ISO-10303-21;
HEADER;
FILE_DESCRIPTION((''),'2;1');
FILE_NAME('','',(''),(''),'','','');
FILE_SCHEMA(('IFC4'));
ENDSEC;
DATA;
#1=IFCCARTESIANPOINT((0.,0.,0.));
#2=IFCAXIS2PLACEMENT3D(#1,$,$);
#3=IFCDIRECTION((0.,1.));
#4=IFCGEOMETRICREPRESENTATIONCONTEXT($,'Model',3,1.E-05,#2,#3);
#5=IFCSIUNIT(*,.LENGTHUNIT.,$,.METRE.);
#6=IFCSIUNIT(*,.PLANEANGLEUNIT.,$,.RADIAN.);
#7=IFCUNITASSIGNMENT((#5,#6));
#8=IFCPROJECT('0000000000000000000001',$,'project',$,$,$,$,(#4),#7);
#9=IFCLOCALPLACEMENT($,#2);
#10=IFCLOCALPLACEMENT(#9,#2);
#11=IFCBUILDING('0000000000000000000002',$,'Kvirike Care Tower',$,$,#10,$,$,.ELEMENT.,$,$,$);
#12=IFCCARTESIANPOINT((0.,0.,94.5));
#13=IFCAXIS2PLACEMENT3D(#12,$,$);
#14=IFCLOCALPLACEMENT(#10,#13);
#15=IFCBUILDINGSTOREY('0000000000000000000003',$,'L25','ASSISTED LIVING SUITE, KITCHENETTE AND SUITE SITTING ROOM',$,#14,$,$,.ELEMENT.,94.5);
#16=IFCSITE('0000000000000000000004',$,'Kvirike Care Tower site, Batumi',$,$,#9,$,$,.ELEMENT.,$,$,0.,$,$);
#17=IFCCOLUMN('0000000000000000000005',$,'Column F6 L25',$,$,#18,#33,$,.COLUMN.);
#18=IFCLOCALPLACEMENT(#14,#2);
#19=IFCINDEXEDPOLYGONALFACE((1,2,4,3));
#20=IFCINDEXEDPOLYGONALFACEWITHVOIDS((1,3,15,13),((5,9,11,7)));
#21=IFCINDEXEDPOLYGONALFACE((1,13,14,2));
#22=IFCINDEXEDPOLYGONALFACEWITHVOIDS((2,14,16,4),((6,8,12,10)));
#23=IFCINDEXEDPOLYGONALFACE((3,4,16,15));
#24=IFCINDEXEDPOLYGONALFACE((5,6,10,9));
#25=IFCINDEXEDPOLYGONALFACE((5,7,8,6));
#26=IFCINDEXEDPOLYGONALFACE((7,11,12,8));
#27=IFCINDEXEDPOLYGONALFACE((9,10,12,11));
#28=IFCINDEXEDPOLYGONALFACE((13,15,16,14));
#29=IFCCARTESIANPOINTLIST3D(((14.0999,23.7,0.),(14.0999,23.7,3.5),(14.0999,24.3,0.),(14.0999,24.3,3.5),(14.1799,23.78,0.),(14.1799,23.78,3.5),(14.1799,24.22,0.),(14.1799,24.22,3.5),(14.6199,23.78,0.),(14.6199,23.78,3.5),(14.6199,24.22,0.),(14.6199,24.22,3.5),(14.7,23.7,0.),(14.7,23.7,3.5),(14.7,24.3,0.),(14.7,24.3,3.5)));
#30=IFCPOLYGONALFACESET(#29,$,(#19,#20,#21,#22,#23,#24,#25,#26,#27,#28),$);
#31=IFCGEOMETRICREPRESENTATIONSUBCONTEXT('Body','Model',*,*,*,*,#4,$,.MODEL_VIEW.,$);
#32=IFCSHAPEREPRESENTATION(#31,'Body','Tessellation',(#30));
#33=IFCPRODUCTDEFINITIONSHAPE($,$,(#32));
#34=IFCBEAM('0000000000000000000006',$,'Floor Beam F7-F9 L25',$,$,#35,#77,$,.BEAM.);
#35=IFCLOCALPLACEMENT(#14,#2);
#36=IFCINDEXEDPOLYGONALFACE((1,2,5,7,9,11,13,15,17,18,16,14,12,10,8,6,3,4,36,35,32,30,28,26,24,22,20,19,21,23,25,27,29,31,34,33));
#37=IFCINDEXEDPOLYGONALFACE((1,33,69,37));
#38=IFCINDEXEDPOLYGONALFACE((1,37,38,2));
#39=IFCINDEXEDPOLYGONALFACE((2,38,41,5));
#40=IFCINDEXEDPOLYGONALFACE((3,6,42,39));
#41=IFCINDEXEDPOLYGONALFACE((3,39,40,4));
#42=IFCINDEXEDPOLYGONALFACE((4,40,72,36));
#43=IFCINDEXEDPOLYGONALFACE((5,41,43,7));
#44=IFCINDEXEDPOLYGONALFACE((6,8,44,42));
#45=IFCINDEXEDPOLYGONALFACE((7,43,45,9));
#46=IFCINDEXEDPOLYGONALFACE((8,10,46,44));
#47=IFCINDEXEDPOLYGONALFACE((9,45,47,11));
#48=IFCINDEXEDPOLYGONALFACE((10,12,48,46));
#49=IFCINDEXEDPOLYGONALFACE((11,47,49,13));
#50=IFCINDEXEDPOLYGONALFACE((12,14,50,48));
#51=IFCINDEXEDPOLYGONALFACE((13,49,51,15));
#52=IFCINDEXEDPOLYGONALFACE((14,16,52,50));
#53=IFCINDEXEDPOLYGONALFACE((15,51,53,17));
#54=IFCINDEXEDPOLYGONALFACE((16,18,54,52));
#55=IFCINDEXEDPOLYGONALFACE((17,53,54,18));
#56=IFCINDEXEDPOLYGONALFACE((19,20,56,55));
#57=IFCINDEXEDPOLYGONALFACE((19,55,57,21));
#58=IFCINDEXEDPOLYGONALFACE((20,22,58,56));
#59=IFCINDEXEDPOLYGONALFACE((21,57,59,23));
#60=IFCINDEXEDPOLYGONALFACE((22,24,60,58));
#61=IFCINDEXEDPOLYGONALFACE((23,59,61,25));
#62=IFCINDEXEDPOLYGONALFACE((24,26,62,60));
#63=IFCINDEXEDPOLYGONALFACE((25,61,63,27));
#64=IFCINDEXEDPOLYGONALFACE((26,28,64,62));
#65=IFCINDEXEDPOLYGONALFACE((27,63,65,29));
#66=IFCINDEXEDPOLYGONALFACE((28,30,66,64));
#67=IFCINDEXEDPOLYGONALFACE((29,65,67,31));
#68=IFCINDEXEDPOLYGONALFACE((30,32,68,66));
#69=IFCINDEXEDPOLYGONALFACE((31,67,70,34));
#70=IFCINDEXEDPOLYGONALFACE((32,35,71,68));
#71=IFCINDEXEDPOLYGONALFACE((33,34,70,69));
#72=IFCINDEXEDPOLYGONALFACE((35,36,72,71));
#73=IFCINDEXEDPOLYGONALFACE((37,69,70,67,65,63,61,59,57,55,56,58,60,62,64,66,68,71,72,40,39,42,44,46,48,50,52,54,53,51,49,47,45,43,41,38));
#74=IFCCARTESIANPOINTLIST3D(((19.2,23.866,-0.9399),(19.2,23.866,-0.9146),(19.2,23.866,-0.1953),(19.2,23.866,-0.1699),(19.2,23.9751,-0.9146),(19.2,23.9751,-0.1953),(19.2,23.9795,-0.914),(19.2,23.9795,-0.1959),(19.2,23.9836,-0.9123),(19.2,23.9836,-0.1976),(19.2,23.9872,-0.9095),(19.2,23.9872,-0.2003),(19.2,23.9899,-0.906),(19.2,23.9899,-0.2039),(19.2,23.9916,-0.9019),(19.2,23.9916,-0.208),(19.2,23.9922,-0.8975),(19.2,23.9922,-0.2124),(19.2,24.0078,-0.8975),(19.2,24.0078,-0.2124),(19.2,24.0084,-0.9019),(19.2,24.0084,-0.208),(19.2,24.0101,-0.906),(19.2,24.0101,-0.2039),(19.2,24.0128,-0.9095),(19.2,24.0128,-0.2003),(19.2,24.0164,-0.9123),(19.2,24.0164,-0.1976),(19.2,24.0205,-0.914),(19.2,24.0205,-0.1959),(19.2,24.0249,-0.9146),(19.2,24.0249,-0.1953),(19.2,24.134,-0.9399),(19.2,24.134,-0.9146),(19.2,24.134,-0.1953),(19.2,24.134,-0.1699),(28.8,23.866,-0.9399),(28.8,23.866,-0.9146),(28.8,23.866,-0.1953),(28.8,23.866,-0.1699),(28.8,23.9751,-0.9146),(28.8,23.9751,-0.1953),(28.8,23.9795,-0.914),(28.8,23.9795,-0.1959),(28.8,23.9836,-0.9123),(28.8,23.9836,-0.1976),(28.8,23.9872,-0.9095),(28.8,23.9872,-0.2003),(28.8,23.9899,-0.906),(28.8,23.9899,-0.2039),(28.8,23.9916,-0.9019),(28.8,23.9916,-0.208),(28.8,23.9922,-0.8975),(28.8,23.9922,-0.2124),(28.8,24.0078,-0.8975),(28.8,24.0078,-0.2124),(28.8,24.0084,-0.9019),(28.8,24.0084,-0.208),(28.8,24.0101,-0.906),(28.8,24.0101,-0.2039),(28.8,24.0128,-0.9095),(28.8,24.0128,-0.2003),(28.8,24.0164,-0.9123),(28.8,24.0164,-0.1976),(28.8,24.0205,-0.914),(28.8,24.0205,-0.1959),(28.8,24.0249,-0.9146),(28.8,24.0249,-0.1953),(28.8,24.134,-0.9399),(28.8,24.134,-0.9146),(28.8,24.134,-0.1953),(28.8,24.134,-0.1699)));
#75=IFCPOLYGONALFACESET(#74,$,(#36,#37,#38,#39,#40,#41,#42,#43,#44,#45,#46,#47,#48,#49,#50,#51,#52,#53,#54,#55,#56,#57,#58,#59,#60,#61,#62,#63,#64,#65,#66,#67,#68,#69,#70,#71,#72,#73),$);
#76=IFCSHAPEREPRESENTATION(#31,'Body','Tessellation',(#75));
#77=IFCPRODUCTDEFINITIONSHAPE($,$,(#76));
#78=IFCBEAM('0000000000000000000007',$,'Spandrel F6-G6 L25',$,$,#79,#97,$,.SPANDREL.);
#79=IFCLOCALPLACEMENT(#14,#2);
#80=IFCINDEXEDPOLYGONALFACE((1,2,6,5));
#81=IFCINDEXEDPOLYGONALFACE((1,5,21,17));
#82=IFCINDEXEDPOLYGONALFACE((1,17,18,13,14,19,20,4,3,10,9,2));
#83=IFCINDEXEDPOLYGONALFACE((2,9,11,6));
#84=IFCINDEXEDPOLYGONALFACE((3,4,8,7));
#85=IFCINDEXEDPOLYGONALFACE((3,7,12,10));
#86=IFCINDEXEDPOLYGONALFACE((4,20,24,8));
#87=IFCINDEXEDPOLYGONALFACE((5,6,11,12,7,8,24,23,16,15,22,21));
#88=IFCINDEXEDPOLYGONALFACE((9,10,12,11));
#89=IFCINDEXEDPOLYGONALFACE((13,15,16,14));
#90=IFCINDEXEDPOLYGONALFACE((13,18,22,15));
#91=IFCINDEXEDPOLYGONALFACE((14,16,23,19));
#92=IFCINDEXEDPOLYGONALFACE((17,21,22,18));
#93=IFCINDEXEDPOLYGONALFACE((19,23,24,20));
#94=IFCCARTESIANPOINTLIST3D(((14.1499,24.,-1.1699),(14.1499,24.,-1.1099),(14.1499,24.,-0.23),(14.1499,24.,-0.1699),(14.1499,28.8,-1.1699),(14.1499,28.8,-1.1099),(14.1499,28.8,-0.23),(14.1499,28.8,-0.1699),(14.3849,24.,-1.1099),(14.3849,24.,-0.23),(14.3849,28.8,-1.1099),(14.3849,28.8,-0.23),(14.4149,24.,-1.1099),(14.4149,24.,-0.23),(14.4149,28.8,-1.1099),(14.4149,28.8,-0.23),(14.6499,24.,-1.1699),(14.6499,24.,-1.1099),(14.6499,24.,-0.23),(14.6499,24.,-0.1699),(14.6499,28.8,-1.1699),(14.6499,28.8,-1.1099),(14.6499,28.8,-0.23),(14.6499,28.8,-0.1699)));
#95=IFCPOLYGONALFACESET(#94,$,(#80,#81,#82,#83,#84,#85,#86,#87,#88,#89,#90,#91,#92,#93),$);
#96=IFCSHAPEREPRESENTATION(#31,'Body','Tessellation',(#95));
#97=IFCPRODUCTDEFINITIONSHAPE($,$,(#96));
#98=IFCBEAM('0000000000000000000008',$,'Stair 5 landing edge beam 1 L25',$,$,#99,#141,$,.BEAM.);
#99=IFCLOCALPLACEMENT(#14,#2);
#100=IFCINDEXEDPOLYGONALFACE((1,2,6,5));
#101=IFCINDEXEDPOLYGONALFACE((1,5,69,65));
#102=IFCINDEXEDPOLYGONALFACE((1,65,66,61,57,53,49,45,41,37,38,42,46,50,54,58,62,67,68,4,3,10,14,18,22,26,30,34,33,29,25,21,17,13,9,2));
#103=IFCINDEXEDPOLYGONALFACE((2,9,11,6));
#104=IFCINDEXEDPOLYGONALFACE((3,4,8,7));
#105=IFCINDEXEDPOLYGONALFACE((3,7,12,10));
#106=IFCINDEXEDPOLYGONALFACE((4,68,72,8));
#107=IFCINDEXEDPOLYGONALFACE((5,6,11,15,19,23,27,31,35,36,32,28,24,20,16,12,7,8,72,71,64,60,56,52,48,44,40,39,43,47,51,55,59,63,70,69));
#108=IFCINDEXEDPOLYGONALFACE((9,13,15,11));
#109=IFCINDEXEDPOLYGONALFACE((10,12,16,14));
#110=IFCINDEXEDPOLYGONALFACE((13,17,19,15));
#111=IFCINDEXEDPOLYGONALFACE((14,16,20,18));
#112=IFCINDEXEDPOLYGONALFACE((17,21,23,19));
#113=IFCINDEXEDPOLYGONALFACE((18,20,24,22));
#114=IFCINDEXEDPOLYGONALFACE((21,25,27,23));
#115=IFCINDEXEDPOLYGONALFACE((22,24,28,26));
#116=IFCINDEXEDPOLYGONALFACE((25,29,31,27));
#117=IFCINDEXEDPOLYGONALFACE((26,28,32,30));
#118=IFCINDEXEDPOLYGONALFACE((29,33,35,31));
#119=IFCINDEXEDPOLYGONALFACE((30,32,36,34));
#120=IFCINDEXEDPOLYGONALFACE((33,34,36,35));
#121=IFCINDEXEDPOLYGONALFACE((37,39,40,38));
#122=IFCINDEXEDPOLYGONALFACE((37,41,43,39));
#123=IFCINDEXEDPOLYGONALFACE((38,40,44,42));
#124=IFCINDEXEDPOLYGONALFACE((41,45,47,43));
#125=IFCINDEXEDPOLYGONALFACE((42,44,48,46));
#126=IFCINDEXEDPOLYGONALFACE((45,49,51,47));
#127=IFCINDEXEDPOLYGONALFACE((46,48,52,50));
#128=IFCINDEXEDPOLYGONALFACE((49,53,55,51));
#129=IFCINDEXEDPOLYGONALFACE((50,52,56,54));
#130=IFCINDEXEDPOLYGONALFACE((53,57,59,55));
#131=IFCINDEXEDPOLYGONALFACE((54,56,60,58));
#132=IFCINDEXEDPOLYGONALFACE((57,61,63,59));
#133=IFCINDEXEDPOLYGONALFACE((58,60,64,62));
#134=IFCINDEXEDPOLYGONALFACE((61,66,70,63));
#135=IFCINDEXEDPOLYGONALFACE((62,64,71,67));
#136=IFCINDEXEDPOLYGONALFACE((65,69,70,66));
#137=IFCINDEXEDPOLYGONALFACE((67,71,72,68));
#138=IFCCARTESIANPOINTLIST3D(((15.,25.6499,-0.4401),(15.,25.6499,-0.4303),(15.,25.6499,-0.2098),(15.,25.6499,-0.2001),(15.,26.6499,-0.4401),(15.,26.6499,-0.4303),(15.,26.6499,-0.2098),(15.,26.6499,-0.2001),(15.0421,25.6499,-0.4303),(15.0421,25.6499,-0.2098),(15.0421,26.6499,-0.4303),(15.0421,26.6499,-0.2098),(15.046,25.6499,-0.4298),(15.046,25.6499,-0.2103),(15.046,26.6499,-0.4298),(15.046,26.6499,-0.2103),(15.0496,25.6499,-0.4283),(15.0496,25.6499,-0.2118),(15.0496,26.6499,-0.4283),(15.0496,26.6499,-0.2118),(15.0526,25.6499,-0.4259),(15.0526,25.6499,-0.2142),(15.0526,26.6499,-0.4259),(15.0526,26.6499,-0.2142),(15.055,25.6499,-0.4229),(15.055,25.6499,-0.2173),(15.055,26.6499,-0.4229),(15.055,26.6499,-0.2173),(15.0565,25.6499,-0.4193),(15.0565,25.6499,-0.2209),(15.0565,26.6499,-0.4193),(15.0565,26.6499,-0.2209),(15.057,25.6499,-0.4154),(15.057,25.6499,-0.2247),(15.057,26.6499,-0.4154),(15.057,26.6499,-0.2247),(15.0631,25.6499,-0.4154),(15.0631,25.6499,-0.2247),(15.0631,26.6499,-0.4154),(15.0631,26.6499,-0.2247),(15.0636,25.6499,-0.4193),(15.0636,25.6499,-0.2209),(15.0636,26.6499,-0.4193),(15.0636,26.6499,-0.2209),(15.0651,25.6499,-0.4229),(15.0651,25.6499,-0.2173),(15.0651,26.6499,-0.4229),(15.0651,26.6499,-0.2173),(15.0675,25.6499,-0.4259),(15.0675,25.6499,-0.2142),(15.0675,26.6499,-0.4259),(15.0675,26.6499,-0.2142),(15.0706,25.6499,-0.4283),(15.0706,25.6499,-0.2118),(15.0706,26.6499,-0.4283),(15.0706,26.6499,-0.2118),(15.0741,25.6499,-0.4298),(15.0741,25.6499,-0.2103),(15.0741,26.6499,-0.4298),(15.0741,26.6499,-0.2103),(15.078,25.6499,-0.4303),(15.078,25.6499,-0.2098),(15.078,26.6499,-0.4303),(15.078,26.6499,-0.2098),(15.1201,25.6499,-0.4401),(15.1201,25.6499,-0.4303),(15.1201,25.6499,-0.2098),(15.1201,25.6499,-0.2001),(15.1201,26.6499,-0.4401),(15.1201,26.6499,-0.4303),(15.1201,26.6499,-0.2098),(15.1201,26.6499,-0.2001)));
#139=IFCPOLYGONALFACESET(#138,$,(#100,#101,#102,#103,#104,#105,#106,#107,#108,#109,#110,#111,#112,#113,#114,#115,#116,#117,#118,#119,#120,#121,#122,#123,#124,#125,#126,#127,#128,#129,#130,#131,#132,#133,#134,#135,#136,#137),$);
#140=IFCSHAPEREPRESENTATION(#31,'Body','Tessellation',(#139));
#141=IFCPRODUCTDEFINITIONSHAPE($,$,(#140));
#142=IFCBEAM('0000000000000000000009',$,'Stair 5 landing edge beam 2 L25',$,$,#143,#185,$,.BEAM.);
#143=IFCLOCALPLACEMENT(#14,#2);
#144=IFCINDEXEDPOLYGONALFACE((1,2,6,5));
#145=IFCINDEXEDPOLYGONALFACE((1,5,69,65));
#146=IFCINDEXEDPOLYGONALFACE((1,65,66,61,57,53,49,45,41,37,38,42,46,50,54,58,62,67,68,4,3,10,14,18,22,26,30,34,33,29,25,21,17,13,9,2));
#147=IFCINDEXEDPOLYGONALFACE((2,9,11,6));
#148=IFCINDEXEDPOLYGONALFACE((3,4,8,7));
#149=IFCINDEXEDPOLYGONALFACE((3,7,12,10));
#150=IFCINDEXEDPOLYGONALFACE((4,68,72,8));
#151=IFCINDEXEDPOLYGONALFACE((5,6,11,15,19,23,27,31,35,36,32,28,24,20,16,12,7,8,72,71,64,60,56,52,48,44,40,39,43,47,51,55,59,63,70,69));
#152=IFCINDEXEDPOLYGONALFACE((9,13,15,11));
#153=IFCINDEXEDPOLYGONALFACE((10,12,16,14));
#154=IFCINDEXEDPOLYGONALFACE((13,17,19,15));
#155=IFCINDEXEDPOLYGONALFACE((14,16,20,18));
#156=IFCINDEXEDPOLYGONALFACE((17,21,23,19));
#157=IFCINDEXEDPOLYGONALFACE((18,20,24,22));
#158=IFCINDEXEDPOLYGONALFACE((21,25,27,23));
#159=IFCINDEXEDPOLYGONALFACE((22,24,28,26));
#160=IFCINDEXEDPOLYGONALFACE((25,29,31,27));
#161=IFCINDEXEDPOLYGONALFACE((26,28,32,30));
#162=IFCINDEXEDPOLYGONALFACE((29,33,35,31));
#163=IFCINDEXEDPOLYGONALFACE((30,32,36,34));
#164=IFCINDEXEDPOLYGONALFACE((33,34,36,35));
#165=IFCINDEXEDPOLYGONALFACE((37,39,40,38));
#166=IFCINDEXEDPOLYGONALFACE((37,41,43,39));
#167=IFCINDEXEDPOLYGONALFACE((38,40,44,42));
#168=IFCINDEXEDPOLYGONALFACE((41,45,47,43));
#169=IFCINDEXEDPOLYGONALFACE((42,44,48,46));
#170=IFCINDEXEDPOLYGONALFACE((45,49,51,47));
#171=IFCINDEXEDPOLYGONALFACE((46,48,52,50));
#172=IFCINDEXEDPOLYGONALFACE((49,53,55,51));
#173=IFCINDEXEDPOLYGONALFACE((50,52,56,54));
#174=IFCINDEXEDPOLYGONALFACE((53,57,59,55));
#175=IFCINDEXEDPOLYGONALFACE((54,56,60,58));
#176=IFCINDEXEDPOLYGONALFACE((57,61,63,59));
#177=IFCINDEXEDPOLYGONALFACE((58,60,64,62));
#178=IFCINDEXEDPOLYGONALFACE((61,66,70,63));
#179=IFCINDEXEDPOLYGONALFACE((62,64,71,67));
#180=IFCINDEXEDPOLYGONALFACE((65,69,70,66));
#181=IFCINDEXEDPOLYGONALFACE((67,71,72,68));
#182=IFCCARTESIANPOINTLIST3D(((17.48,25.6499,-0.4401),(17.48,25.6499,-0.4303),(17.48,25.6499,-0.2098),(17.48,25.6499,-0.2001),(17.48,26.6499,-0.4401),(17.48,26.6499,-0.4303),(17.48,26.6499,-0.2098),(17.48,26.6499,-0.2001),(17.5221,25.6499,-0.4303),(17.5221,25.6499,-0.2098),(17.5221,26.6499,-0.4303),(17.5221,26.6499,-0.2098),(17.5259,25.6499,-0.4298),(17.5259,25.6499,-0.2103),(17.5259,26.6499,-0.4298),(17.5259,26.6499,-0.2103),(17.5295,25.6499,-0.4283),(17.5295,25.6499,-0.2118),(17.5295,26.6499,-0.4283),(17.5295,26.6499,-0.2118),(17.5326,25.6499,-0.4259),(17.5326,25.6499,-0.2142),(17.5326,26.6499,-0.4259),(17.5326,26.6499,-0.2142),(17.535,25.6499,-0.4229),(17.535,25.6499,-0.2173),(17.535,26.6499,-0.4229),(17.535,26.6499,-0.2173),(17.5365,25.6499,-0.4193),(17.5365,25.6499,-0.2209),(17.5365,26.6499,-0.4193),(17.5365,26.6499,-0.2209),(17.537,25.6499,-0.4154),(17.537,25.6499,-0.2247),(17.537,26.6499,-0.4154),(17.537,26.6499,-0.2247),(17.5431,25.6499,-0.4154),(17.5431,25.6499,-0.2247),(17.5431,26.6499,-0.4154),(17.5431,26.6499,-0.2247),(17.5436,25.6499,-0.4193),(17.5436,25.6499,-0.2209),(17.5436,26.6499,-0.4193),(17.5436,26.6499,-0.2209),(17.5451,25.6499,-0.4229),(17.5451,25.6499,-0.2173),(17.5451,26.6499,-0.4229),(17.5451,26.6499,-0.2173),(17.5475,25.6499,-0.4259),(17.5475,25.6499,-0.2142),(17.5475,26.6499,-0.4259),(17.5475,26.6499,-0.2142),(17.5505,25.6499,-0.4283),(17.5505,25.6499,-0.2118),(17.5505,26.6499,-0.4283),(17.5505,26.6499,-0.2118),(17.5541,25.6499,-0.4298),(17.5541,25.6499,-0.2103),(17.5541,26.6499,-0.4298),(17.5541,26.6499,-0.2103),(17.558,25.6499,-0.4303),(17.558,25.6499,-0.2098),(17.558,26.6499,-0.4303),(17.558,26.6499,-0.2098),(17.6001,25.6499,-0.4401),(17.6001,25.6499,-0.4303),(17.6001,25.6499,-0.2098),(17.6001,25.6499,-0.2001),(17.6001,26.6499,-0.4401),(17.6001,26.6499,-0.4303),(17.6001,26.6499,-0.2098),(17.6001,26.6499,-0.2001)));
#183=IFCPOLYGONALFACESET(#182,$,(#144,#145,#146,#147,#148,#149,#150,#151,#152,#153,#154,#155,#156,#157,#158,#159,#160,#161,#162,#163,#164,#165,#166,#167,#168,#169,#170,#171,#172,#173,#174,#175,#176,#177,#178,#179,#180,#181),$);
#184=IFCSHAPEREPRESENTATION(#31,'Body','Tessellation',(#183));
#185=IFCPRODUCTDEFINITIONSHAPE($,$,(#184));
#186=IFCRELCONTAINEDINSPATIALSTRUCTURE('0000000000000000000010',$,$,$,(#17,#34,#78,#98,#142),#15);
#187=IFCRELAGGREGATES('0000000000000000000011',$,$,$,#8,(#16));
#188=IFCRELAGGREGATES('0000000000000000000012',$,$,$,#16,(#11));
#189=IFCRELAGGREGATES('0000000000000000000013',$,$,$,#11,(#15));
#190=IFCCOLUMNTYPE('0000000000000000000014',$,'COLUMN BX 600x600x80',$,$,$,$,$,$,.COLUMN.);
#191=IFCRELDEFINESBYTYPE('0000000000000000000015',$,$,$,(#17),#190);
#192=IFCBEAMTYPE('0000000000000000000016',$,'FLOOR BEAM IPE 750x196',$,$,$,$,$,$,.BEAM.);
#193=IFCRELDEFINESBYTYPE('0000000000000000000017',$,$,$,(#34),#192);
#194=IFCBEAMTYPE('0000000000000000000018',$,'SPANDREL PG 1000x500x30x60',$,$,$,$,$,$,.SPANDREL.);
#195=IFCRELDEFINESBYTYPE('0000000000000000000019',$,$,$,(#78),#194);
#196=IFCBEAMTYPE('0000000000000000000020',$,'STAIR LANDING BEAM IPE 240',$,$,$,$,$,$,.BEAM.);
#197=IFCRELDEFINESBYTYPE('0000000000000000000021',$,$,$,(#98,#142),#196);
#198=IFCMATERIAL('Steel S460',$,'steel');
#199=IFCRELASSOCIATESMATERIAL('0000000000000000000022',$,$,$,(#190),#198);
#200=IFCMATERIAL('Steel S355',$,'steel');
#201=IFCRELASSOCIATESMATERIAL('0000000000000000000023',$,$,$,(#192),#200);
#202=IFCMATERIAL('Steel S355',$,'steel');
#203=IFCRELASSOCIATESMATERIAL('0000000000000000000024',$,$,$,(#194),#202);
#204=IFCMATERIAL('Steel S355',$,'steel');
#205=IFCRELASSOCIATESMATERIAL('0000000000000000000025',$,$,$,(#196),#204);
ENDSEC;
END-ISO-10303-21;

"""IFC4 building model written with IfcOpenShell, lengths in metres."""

from ifc_helpers import new_model, si_unit, direction, frame, origin, origin_2d, place, context, subcontext, project, spatial, hollow_rectangle, i_section, extrude, material, material_profile, profile_set, type_object, element, save


model = new_model("IFC4")

# Units and contexts
model_context = context("Model", 3, precision=1e-05, world=origin(), true_north=direction((0.0, 1.0)))
body_context = subcontext(model_context, "Body", "Model", "MODEL_VIEW")
ifc_project = project(units=[si_unit("LENGTHUNIT", "METRE"), si_unit("PLANEANGLEUNIT", "RADIAN")], contexts=[model_context])

# Site, building, storey
site_placement = place(None, origin())
site = spatial("IfcSite", under=ifc_project, at=site_placement, Name="Kvirike Care Tower site, Batumi", CompositionType="ELEMENT", RefElevation=0.0)
building_placement = place(site_placement, origin())
building = spatial("IfcBuilding", under=site, at=building_placement, Name="Kvirike Care Tower", CompositionType="ELEMENT")
storey_placement = place(building_placement, frame((0.0, 0.0, 94.5)))
storey = spatial("IfcBuildingStorey", under=building, at=storey_placement, Name="L25", Description="ASSISTED LIVING SUITE, KITCHENETTE AND SUITE SITTING ROOM", CompositionType="ELEMENT", Elevation=94.5)

# Column
ifc_material_1 = material(Name="Steel S460", Category="steel")
ifc_material_profile_1 = material_profile(ifc_material_1, hollow_rectangle(XDim=0.6001, YDim=0.6001, WallThickness=0.0801, at=origin_2d()), Name="BX 600x600x80")
ifc_profile_set_1 = profile_set([ifc_material_profile_1], Name="Steel S460")
column_type = type_object("IfcColumnType", Name="COLUMN BX 600x600x80", PredefinedType="COLUMN", material=ifc_profile_set_1)
column_placement = place(storey_placement, frame((14.3999, 24.0, 0.0), z_axis=(0.0, 0.0, 1.0), x_axis=(1.0, 0.0, 0.0)))
element("IfcColumn", 1, at=column_placement, inside=storey, type_object=column_type, Name="Column F6 L25", PredefinedType="COLUMN", context=body_context, shape_type="SweptSolid", body=[
    extrude(hollow_rectangle(XDim=0.6001, YDim=0.6001, WallThickness=0.0801, at=origin_2d()), origin(), (0.0, 0.0, 1.0), 3.5),
])

# Beams
ifc_material_2 = material(Name="Steel S355", Category="steel")
ifc_material_profile_2 = material_profile(ifc_material_2, i_section(OverallWidth=0.2681, OverallDepth=0.77, WebThickness=0.0156, FlangeThickness=0.0254, FilletRadius=0.0171, at=origin_2d()), Name="IPE 750x196")
ifc_profile_set_2 = profile_set([ifc_material_profile_2], Name="Steel S355")
beam_type_1 = type_object("IfcBeamType", Name="FLOOR BEAM IPE 750x196", PredefinedType="BEAM", material=ifc_profile_set_2)
beam_1_placement = place(storey_placement, frame((19.2, 24.0, -0.5549), z_axis=(1.0, 0.0, 0.0), x_axis=(0.0, 1.0, 0.0)))
element("IfcBeam", 2, at=beam_1_placement, inside=storey, type_object=beam_type_1, Name="Floor Beam F7-F9 L25", PredefinedType="BEAM", context=body_context, shape_type="SweptSolid", body=[
    extrude(i_section(OverallWidth=0.2681, OverallDepth=0.77, WebThickness=0.0156, FlangeThickness=0.0254, FilletRadius=0.0171, at=origin_2d()), origin(), (0.0, 0.0, 1.0), 9.6001),
])
ifc_material_3 = material(Name="Steel S355", Category="steel")
ifc_material_profile_3 = material_profile(ifc_material_3, i_section(OverallWidth=0.5, OverallDepth=1.0, WebThickness=0.03, FlangeThickness=0.0601, at=origin_2d()), Name="PG 1000x500x30x60")
ifc_profile_set_3 = profile_set([ifc_material_profile_3], Name="Steel S355")
beam_type_2 = type_object("IfcBeamType", Name="SPANDREL PG 1000x500x30x60", PredefinedType="SPANDREL", material=ifc_profile_set_3)
beam_2_placement = place(storey_placement, frame((14.3999, 24.0, -0.6699), z_axis=(0.0, 1.0, 0.0), x_axis=(-1.0, 0.0, 0.0)))
element("IfcBeam", 3, at=beam_2_placement, inside=storey, type_object=beam_type_2, Name="Spandrel F6-G6 L25", PredefinedType="SPANDREL", context=body_context, shape_type="SweptSolid", body=[
    extrude(i_section(OverallWidth=0.5, OverallDepth=1.0, WebThickness=0.03, FlangeThickness=0.0601, at=origin_2d()), origin(), (0.0, 0.0, 1.0), 4.8),
])
ifc_material_4 = material(Name="Steel S355", Category="steel")
ifc_material_profile_4 = material_profile(ifc_material_4, i_section(OverallWidth=0.1201, OverallDepth=0.24, WebThickness=0.0061, FlangeThickness=0.0098, FilletRadius=0.0149, at=origin_2d()), Name="IPE 240")
ifc_profile_set_4 = profile_set([ifc_material_profile_4], Name="Steel S355")
beam_type_3 = type_object("IfcBeamType", Name="STAIR LANDING BEAM IPE 240", PredefinedType="BEAM", material=ifc_profile_set_4)
for number, where, z_axis, x_axis, name in (
    (4, (15.0601, 25.6499, -0.3201), (0.0, 1.0, 0.0), (-1.0, 0.0, 0.0), "Stair 5 landing edge beam 1 L25"),
    (5, (17.54, 25.6499, -0.3201), (0.0, 1.0, 0.0), (-1.0, 0.0, 0.0), "Stair 5 landing edge beam 2 L25"),
):
    element("IfcBeam", number, at=place(storey_placement, frame(where, z_axis=z_axis, x_axis=x_axis)), inside=storey, type_object=beam_type_3, Name=name, PredefinedType="BEAM", context=body_context, shape_type="SweptSolid", body=[
        extrude(i_section(OverallWidth=0.1201, OverallDepth=0.24, WebThickness=0.0061, FlangeThickness=0.0098, FilletRadius=0.0149, at=origin_2d()), origin(), (0.0, 0.0, 1.0), 1.0),
    ])

save(model, "model.ifc")
